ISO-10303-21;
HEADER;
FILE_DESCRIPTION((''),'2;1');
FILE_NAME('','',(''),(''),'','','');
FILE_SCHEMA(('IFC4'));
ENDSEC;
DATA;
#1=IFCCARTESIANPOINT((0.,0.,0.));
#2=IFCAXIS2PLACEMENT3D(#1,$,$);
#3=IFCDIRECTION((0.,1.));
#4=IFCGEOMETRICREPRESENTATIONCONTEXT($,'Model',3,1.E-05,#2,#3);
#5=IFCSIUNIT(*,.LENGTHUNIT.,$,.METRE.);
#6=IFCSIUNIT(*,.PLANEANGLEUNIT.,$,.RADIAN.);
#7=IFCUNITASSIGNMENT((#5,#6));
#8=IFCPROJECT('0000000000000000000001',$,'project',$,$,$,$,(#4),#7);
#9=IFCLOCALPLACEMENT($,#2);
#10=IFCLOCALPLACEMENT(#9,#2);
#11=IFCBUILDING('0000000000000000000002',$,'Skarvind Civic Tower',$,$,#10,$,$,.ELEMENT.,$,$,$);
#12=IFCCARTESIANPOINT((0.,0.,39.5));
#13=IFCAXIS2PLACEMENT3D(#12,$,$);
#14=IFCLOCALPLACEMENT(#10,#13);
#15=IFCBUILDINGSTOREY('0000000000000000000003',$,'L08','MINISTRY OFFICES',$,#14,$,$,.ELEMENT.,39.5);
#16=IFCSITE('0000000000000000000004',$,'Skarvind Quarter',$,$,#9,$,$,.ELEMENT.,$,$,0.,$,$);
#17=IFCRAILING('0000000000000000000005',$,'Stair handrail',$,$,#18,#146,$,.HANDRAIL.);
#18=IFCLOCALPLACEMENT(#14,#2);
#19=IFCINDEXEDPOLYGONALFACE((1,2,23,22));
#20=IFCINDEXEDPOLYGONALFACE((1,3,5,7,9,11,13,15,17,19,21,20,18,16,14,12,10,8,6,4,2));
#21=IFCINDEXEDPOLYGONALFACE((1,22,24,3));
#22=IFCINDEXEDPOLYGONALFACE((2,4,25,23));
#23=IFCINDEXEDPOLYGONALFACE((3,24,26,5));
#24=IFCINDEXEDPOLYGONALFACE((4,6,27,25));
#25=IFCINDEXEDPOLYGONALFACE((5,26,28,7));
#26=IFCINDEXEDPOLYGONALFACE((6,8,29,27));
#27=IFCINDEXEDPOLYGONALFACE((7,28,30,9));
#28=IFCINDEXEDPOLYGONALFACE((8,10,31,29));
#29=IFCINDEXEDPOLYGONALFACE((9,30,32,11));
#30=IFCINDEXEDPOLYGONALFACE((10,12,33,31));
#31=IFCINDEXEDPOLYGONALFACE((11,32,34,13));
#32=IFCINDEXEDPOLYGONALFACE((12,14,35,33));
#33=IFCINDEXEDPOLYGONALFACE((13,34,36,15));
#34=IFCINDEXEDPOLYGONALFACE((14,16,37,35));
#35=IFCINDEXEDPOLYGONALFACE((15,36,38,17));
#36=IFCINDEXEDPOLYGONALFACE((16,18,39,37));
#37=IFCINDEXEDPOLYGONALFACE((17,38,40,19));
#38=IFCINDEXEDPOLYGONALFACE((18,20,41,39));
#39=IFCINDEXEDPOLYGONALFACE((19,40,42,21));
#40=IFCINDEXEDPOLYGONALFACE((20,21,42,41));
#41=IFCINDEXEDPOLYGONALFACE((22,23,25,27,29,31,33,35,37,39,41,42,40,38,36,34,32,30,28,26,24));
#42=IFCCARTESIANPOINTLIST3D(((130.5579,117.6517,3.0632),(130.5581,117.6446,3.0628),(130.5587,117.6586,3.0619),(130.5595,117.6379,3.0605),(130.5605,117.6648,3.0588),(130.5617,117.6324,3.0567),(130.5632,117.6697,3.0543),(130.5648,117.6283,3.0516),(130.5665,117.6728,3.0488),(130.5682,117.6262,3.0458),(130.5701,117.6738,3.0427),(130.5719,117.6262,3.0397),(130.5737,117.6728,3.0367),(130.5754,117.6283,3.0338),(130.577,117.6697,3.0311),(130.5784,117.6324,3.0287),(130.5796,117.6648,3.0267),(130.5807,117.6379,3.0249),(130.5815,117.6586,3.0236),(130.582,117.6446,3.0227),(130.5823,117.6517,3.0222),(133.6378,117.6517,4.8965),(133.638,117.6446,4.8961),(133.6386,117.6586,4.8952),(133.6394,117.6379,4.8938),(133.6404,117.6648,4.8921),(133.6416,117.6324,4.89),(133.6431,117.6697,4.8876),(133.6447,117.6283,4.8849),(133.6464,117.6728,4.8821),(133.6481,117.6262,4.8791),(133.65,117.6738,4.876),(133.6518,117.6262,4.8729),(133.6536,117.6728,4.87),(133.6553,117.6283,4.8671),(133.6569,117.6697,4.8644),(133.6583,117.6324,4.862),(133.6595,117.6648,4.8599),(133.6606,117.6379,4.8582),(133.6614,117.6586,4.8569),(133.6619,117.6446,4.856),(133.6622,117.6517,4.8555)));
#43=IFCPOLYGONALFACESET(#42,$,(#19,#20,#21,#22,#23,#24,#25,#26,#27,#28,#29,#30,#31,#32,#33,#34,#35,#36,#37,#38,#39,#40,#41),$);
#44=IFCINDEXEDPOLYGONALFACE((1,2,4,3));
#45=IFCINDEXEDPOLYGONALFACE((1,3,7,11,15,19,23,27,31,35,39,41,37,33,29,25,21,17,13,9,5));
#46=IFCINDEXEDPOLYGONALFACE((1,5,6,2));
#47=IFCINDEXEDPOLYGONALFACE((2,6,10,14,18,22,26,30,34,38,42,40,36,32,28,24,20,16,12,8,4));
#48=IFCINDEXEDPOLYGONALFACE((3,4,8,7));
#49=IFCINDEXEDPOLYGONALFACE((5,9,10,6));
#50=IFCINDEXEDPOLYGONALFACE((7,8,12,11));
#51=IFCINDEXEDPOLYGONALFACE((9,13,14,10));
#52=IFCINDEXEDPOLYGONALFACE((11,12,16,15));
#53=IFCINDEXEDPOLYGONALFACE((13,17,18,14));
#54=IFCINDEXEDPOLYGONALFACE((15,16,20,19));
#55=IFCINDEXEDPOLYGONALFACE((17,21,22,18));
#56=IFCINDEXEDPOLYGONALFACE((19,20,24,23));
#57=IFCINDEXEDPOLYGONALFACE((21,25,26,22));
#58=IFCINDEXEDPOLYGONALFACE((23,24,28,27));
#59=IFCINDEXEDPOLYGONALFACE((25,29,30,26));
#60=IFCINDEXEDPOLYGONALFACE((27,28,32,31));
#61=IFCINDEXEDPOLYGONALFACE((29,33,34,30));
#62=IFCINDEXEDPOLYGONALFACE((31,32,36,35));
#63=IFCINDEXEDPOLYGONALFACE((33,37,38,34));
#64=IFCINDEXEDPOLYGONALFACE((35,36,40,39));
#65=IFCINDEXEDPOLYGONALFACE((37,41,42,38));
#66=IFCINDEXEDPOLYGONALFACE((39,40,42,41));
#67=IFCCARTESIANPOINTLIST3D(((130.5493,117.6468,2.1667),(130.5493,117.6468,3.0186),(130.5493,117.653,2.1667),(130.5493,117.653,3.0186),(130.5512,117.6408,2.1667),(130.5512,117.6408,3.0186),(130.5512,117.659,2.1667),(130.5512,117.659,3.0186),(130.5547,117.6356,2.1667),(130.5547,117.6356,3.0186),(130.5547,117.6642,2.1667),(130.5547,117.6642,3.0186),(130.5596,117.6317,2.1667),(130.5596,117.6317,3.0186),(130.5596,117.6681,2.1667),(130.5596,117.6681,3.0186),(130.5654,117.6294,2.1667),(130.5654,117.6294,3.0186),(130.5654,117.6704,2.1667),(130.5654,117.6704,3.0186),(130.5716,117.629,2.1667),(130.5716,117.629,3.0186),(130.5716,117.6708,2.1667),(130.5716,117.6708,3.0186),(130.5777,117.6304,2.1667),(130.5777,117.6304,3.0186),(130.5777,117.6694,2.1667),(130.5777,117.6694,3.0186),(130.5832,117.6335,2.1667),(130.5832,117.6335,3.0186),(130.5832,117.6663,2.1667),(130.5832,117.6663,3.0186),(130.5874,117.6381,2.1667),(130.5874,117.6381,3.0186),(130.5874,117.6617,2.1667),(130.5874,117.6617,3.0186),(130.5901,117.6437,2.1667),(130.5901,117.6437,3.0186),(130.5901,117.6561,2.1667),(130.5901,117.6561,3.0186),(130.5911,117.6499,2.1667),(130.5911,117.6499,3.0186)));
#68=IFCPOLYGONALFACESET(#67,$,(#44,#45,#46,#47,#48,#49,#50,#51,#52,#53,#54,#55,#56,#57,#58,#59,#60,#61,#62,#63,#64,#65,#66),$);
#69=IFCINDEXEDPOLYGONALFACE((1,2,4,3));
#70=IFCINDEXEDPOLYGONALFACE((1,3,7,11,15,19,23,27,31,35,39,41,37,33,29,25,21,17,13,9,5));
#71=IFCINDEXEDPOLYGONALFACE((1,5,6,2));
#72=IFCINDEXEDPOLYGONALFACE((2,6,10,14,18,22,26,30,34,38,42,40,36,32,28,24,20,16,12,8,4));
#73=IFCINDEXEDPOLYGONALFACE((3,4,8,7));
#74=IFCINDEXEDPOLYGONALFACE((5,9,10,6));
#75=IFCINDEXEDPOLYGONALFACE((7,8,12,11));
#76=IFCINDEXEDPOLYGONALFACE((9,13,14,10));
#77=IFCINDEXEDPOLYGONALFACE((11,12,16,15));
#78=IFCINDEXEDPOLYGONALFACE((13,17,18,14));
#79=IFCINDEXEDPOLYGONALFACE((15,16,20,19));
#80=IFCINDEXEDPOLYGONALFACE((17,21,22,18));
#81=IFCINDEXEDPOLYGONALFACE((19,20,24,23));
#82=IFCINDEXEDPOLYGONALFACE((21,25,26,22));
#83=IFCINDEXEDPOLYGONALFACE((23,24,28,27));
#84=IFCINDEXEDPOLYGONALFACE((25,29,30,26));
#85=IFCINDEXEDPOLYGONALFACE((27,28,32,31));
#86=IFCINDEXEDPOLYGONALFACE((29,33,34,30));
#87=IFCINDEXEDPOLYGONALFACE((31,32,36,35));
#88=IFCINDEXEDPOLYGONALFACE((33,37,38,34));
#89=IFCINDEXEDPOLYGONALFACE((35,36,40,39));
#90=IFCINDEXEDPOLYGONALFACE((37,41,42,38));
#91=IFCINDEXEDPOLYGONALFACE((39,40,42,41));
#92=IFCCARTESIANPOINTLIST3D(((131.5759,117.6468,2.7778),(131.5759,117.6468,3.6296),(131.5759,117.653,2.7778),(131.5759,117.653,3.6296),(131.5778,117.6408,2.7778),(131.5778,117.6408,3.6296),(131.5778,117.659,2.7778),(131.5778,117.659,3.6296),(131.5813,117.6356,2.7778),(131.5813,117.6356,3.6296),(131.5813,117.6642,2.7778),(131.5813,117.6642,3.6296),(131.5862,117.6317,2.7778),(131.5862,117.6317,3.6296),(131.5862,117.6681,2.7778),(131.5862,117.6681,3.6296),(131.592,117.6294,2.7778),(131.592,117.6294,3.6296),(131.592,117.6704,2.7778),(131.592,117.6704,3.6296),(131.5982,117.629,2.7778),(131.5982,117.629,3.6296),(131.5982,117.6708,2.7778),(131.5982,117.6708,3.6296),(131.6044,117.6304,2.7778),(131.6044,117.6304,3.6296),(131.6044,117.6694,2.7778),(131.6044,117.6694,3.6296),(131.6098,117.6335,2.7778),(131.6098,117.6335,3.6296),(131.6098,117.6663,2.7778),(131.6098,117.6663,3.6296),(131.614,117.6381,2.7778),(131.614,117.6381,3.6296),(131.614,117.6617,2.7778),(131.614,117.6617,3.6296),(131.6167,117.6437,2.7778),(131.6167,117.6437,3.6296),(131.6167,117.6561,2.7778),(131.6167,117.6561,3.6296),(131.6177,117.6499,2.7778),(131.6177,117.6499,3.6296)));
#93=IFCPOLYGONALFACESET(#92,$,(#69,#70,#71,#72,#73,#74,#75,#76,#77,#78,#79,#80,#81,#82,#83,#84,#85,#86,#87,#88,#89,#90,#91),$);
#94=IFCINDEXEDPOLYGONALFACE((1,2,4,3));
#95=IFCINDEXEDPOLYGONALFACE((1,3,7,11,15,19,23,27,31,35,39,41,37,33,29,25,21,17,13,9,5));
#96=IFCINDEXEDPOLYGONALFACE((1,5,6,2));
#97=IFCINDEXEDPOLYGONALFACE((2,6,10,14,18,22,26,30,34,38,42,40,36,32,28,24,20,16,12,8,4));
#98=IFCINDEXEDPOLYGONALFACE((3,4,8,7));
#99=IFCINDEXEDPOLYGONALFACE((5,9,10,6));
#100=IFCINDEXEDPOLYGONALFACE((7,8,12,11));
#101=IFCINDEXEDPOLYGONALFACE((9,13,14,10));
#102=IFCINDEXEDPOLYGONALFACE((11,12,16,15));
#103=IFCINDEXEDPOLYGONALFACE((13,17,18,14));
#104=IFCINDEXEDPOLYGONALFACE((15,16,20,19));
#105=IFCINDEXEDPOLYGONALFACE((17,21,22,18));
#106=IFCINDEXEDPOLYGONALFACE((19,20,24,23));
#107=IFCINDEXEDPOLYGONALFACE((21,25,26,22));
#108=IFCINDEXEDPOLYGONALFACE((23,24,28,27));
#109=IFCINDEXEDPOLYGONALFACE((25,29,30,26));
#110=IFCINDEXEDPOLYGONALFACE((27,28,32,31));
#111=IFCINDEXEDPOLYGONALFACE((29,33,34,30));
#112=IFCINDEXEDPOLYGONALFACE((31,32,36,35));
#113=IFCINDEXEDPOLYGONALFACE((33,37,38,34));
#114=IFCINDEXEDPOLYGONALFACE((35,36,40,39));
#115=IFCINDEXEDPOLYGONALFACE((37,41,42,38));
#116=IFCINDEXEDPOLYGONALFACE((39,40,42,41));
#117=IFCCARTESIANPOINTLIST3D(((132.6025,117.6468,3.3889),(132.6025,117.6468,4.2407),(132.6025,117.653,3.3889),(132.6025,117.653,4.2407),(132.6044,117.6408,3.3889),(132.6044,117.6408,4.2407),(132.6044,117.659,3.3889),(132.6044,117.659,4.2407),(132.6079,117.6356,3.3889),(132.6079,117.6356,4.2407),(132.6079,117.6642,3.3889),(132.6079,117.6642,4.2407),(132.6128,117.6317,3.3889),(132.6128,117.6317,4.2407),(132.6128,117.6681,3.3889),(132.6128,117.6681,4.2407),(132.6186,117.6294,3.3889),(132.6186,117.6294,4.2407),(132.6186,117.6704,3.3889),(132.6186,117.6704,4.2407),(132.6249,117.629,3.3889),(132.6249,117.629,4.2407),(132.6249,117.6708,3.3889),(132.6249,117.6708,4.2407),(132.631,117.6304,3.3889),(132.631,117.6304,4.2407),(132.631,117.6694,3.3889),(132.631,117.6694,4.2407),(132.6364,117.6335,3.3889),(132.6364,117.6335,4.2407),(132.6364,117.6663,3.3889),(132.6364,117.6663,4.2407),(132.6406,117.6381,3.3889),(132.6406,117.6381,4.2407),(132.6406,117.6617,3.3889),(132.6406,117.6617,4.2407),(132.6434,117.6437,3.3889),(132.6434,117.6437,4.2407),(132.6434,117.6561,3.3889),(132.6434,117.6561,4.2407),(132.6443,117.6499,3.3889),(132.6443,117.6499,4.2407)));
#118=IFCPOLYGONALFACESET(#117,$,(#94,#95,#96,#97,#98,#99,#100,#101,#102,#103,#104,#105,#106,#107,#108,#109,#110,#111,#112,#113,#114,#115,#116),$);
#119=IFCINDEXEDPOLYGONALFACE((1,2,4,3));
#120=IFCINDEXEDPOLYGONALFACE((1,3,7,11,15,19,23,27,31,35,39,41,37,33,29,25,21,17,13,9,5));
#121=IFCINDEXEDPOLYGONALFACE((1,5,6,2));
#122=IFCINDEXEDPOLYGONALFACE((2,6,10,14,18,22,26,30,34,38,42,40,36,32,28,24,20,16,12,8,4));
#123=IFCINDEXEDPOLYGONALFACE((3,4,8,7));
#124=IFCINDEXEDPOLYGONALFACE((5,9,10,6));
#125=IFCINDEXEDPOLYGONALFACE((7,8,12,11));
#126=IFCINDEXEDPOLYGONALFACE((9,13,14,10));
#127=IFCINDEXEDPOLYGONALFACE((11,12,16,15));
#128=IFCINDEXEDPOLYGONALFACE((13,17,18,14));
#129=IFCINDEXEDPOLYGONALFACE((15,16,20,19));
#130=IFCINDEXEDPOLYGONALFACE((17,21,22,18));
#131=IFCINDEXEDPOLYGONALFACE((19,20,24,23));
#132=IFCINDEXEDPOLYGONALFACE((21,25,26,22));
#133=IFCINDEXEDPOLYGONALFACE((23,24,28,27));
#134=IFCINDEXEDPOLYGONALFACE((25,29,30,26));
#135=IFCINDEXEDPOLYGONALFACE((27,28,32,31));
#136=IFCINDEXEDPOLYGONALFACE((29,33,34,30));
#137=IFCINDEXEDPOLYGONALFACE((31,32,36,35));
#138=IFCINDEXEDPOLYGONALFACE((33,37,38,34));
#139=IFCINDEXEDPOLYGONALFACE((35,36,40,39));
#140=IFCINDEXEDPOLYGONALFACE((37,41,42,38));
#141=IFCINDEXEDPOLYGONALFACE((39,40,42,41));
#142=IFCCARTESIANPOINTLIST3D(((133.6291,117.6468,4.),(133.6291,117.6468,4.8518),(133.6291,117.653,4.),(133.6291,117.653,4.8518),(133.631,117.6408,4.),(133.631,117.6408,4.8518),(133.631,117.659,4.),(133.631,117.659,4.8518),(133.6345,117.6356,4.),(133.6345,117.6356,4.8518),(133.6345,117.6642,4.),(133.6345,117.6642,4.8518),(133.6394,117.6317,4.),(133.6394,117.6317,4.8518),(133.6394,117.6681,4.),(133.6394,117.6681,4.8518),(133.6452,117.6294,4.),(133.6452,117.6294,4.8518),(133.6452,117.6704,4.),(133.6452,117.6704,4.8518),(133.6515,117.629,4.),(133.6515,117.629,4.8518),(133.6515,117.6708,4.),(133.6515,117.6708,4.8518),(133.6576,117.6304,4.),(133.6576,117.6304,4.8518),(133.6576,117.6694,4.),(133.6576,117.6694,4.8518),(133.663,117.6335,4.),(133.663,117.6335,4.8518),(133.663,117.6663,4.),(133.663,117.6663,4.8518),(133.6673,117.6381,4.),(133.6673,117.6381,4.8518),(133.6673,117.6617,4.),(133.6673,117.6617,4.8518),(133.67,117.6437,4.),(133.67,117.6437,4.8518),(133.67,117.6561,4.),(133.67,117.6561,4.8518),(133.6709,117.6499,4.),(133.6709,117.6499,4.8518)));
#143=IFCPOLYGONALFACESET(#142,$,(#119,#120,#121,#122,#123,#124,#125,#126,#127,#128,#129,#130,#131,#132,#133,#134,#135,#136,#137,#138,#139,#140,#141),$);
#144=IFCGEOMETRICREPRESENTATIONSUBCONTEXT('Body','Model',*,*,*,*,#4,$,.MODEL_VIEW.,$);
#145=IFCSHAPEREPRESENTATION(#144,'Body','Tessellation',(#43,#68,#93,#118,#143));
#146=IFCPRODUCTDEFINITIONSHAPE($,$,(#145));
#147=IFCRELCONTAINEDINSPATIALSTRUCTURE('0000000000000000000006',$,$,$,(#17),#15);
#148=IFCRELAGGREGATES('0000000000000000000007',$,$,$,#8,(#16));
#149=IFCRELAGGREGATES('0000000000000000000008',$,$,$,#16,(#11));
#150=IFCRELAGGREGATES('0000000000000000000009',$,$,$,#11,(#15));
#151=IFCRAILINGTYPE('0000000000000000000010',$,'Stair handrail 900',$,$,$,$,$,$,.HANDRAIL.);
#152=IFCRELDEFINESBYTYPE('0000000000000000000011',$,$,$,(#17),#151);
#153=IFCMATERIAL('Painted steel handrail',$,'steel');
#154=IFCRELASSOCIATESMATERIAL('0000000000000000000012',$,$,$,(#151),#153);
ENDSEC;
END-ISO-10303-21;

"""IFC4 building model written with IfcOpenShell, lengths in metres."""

from ifc_helpers import new_model, si_unit, direction, frame, origin, origin_2d, place, context, subcontext, project, spatial, circle, extrude, material, type_object, element, save


model = new_model("IFC4")

# Units and contexts
model_context = context("Model", 3, precision=1e-05, world=origin(), true_north=direction((0.0, 1.0)))
body_context = subcontext(model_context, "Body", "Model", "MODEL_VIEW")
ifc_project = project(units=[si_unit("LENGTHUNIT", "METRE"), si_unit("PLANEANGLEUNIT", "RADIAN")], contexts=[model_context])

# Site, building, storey
site_placement = place(None, origin())
site = spatial("IfcSite", under=ifc_project, at=site_placement, Name="Skarvind Quarter", CompositionType="ELEMENT", RefElevation=0.0)
building_placement = place(site_placement, origin())
building = spatial("IfcBuilding", under=site, at=building_placement, Name="Skarvind Civic Tower", CompositionType="ELEMENT")
storey_placement = place(building_placement, frame((0.0, 0.0, 39.5)))
storey = spatial("IfcBuildingStorey", under=building, at=storey_placement, Name="L08", Description="MINISTRY OFFICES", CompositionType="ELEMENT", Elevation=39.5)

# Railing
ifc_material_1 = material(Name="Painted steel handrail", Category="steel")
railing_type = type_object("IfcRailingType", Name="Stair handrail 900", PredefinedType="HANDRAIL", material=ifc_material_1)
railing_1_placement = place(storey_placement, frame((130.5701, 117.6499, 2.1667)))
element("IfcRailing", 1, at=railing_1_placement, inside=storey, type_object=railing_type, Name="Stair handrail", PredefinedType="HANDRAIL", context=body_context, shape_type="SweptSolid", body=[
    extrude(circle(Radius=0.0239, at=origin_2d()), frame((0.0, 0.0, 0.876), z_axis=(0.859291, 0.0, 0.511487), x_axis=(0.0, 1.0, 0.0)), (0.0, 0.0, 1.0), 3.5842),
    extrude(circle(Radius=0.021, at=origin_2d()), origin(), (0.0, 0.0, 1.0), 0.8518),
    extrude(circle(Radius=0.021, at=origin_2d()), frame((1.0266, 0.0, 0.6111)), (0.0, 0.0, 1.0), 0.8518),
    extrude(circle(Radius=0.021, at=origin_2d()), frame((2.0532, 0.0, 1.2222)), (0.0, 0.0, 1.0), 0.8518),
    extrude(circle(Radius=0.021, at=origin_2d()), frame((3.0798, 0.0, 1.8333)), (0.0, 0.0, 1.0), 0.8518),
])

save(model, "model.ifc")
